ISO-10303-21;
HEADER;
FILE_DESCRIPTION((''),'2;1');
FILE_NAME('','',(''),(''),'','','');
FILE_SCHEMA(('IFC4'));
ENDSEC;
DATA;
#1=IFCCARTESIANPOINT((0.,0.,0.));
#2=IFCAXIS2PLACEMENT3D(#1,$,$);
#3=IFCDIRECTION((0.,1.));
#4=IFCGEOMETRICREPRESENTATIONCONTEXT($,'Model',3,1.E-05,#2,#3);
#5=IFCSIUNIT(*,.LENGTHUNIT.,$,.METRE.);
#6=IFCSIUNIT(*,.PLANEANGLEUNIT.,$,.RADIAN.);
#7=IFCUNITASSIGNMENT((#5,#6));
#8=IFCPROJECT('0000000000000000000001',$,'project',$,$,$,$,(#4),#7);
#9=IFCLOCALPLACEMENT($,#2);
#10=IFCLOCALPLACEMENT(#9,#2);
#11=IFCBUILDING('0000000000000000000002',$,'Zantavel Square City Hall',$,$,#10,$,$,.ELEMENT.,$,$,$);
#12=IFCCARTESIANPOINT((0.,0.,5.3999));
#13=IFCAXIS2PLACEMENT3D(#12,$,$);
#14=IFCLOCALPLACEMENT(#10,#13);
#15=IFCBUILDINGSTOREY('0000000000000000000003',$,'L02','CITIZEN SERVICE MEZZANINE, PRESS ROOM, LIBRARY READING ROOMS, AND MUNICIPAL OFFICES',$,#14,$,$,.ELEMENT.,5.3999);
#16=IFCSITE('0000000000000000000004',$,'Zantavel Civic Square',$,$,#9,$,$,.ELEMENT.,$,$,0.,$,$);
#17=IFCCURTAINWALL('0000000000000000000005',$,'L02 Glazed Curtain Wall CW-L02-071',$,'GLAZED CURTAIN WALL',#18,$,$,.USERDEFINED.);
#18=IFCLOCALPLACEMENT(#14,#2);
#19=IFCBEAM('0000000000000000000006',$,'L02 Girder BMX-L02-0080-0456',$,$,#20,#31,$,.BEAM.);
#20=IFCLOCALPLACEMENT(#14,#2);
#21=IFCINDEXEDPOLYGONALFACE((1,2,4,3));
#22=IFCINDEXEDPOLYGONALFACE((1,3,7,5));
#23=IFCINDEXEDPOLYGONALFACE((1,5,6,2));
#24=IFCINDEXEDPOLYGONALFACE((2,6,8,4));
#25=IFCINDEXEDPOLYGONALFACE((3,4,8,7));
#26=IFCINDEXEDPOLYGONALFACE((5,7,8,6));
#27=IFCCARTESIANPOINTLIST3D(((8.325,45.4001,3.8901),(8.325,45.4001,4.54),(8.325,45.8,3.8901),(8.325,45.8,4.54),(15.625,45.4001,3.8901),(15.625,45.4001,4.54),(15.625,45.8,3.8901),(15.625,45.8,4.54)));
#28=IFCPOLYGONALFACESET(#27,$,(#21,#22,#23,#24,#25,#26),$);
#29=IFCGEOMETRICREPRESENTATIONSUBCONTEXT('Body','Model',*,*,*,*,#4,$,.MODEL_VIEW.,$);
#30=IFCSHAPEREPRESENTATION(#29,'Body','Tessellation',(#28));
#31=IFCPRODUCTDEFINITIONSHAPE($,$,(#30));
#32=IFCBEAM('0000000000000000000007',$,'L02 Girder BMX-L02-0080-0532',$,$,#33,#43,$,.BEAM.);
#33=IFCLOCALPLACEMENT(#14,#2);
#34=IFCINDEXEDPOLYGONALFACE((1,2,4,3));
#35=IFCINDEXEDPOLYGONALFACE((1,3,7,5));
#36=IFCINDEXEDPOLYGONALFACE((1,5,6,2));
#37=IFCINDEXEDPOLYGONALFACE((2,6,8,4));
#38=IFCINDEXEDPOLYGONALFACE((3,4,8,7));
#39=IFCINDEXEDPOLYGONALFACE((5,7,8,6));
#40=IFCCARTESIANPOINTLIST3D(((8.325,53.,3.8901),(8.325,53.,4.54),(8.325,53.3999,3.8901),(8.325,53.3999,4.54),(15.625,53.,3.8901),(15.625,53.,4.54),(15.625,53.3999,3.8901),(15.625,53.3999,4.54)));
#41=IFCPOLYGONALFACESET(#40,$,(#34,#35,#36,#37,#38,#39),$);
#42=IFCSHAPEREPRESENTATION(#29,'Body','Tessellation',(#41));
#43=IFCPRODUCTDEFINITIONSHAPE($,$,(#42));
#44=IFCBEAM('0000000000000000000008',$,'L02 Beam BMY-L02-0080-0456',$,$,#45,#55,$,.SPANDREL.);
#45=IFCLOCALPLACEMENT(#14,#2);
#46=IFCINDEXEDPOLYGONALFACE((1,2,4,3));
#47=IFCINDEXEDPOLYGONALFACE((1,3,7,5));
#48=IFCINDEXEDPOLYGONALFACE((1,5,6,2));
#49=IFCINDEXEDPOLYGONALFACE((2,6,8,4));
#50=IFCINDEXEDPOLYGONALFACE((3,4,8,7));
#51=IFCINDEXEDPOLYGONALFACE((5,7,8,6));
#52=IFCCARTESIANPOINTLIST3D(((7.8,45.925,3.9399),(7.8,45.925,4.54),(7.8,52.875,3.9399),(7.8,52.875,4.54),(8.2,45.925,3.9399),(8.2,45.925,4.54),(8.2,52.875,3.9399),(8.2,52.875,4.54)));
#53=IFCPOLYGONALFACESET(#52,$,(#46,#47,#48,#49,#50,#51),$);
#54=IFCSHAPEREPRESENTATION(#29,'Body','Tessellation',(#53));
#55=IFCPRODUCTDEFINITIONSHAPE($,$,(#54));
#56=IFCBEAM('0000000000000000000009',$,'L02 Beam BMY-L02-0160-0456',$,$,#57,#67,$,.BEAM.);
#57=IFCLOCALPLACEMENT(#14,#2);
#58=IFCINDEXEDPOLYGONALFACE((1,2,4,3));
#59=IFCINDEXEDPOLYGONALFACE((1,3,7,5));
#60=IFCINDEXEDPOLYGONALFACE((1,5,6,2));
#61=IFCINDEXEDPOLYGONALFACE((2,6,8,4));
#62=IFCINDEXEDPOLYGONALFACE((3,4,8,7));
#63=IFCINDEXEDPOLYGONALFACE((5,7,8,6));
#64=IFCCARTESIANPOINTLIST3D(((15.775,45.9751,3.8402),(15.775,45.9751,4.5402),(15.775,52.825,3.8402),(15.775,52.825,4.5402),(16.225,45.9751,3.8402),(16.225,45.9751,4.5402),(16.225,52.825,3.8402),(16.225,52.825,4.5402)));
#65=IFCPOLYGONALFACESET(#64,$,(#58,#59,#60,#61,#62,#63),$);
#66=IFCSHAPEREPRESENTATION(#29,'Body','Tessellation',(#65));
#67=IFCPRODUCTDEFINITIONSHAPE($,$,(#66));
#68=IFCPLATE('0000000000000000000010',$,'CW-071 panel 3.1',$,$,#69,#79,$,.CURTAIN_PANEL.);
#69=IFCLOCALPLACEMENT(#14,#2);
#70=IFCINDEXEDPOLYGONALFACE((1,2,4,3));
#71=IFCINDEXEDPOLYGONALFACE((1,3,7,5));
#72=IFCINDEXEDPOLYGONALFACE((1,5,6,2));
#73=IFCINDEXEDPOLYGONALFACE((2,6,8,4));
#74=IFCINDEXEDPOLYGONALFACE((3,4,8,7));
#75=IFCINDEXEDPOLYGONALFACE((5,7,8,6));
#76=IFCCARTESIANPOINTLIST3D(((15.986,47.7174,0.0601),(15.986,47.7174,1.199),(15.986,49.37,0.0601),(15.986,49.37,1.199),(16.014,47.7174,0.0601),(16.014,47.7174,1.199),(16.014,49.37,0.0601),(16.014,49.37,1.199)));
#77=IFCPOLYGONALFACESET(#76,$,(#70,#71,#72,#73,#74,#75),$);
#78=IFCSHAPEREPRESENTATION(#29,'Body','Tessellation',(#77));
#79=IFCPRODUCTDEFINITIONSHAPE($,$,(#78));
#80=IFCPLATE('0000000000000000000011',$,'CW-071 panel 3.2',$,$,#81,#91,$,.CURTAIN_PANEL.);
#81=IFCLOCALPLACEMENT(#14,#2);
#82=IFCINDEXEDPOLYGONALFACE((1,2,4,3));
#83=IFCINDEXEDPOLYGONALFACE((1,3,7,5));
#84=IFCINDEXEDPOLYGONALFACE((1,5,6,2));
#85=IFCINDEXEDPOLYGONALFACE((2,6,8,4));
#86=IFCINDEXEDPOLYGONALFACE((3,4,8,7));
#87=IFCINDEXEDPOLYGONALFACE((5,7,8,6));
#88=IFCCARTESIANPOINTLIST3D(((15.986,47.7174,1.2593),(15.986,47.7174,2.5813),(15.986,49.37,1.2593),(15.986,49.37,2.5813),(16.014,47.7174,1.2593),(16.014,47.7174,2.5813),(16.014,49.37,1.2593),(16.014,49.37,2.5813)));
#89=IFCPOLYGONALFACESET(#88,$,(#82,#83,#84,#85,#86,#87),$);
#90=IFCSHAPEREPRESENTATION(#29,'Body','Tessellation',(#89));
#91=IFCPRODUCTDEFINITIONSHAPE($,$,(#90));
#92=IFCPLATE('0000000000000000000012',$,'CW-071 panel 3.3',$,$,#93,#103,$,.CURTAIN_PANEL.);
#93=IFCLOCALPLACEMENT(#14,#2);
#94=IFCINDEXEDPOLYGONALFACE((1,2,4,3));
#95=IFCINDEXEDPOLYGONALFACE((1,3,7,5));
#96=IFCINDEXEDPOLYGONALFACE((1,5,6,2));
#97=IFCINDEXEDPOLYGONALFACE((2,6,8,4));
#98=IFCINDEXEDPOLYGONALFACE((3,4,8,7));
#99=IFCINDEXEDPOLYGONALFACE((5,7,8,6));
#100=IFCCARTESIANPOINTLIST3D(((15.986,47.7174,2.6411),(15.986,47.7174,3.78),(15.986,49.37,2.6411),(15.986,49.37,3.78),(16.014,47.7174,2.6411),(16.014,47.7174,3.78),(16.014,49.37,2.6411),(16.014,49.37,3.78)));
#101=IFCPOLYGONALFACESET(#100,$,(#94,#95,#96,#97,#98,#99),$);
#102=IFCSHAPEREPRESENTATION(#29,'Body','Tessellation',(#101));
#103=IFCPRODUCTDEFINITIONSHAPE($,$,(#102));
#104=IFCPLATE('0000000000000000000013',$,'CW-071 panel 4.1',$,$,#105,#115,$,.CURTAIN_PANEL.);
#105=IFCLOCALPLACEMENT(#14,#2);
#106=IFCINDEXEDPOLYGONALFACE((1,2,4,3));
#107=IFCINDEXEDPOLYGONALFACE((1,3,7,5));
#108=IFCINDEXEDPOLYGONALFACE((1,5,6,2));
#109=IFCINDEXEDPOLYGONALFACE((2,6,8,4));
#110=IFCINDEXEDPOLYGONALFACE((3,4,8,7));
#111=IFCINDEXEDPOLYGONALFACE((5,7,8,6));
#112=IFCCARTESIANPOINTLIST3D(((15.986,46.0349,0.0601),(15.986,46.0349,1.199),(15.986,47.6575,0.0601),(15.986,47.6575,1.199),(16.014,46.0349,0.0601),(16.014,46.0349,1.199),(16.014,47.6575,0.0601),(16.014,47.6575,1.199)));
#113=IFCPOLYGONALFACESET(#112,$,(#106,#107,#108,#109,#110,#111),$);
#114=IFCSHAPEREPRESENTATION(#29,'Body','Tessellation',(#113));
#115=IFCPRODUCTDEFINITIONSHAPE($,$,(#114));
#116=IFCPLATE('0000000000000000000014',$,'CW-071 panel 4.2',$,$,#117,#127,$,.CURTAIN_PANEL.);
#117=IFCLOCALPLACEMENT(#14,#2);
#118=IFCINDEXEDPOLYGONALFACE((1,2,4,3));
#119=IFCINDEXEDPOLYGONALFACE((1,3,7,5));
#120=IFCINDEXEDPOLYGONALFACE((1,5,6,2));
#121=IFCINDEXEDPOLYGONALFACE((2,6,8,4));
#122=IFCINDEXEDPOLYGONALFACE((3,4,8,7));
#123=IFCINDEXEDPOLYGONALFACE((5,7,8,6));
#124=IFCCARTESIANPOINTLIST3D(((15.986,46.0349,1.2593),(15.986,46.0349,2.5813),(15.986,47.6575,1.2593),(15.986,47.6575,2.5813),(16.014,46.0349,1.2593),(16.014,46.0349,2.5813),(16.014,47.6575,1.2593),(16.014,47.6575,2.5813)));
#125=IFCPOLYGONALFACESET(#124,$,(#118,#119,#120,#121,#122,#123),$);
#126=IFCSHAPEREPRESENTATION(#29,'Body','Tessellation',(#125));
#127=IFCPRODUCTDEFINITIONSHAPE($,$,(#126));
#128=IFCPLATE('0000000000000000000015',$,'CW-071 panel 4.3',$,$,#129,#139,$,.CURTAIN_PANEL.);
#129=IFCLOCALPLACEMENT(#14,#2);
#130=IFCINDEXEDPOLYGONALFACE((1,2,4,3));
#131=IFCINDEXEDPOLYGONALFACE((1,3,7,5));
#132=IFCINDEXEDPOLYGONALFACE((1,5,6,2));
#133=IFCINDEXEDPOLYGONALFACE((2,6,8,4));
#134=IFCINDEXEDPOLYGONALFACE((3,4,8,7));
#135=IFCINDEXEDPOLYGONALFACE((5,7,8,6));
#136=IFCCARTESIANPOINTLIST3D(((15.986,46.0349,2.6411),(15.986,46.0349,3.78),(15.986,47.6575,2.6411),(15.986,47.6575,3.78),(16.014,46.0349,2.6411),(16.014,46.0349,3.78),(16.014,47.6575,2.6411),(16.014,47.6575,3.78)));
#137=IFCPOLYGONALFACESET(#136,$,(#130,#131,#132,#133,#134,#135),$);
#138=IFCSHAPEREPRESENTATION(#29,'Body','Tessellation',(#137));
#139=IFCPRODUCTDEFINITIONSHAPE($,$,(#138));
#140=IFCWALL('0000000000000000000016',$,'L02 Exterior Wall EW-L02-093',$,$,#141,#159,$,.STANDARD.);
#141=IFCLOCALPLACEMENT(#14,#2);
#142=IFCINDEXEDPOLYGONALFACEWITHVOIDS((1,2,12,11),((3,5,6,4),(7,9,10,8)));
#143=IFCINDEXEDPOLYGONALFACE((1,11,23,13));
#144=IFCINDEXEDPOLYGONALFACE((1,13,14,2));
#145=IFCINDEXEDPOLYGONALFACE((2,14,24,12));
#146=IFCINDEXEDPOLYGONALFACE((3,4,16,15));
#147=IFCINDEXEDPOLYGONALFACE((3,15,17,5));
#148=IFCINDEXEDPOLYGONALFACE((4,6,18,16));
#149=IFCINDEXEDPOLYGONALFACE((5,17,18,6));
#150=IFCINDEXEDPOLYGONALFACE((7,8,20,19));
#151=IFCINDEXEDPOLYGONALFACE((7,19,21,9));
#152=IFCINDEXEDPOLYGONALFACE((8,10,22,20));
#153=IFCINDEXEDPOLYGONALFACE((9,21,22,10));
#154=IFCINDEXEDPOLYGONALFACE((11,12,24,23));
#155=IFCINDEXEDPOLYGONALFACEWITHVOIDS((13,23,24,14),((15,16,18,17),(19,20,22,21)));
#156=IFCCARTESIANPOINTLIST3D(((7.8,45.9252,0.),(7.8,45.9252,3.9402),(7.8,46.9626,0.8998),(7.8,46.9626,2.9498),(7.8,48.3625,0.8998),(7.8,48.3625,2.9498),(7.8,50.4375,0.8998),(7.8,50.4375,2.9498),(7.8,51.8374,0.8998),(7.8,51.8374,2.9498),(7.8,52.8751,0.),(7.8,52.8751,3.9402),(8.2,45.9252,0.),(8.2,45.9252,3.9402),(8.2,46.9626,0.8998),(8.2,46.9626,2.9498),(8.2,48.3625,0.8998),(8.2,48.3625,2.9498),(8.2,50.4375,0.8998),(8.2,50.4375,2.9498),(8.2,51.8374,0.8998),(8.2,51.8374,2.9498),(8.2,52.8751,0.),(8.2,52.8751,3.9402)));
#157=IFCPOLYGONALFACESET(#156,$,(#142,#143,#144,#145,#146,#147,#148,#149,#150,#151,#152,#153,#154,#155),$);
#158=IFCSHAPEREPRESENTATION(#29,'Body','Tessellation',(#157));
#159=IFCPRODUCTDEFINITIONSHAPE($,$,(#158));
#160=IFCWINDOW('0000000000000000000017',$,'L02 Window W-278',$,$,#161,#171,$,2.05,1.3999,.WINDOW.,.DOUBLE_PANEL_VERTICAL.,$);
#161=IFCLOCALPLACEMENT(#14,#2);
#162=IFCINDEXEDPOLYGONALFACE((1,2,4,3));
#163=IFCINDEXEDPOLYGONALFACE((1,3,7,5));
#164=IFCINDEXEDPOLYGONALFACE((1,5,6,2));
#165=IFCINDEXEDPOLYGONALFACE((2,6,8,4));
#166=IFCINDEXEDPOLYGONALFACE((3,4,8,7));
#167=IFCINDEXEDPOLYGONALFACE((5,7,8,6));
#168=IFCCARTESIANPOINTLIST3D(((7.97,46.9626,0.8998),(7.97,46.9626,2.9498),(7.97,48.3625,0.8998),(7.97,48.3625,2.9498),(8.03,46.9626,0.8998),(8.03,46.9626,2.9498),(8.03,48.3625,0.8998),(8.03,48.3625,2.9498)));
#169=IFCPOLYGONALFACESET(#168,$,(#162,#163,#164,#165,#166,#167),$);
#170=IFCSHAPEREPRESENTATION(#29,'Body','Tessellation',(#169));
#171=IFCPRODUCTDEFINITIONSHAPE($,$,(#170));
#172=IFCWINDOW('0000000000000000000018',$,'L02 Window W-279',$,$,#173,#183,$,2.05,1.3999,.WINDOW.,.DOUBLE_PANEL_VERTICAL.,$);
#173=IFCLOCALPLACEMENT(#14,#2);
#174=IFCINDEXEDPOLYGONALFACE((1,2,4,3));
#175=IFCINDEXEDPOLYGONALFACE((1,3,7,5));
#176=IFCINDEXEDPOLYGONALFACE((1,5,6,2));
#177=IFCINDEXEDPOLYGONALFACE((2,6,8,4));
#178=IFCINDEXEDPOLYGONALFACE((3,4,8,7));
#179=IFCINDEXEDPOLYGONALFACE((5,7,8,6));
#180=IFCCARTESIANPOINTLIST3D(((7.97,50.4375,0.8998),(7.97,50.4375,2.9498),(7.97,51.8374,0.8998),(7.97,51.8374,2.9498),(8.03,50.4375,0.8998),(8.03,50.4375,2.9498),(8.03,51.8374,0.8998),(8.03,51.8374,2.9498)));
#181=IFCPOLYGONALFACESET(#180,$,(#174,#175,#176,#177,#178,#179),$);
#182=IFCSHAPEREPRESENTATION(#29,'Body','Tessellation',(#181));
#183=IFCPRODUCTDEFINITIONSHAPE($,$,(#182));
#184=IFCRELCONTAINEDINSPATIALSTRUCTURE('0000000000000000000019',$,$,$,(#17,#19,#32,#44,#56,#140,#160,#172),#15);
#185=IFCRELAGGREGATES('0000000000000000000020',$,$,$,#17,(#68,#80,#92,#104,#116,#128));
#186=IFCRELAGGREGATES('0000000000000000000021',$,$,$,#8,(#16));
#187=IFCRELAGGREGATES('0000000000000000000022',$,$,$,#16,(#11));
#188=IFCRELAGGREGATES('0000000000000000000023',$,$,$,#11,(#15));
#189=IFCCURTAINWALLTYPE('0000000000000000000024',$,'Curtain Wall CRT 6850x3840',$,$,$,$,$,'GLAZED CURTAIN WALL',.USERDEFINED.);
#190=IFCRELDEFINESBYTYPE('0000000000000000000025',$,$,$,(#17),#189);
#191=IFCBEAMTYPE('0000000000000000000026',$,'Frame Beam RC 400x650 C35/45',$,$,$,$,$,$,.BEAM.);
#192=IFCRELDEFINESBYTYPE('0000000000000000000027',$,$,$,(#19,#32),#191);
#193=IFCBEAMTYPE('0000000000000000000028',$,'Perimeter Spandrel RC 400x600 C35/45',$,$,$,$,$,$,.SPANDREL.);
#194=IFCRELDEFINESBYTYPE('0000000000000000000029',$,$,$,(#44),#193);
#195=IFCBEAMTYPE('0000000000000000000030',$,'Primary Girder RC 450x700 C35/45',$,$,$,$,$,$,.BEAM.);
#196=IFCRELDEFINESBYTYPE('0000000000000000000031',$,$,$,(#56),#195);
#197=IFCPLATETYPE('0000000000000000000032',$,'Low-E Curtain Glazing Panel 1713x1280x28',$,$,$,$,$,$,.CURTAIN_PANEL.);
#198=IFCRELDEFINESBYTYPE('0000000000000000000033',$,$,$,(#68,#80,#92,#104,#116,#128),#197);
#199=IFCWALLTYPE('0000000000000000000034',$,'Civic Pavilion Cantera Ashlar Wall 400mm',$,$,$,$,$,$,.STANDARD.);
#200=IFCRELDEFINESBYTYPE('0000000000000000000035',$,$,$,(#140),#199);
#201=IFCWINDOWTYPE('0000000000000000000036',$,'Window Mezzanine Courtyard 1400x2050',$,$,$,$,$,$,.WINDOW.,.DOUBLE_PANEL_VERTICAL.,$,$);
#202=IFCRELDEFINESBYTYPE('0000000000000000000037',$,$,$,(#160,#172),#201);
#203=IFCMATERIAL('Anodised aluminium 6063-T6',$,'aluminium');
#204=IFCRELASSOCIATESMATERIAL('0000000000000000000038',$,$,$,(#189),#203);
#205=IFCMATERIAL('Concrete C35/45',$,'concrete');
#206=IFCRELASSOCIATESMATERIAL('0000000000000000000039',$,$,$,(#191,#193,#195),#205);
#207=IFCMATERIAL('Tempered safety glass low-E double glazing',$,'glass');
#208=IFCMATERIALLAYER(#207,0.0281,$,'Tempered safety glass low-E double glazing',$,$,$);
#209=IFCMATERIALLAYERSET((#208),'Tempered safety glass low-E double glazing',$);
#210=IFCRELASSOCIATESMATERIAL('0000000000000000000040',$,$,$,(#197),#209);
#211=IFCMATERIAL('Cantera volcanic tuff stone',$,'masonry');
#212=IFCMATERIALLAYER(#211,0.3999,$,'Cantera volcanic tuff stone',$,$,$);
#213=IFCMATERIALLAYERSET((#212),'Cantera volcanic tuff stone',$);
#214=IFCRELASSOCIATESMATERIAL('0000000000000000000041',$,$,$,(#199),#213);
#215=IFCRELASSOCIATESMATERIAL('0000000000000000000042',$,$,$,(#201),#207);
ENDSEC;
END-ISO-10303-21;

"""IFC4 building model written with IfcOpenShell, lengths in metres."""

from ifc_helpers import new_model, si_unit, direction, frame, frame_2d, origin, origin_2d, place, context, subcontext, project, spatial, rectangle, extrude, material, layer, layer_set, material_profile, profile_set, type_object, element, fill, aggregate, save


model = new_model("IFC4")

# Units and contexts
model_context = context("Model", 3, precision=1e-05, world=origin(), true_north=direction((0.0, 1.0)))
body_context = subcontext(model_context, "Body", "Model", "MODEL_VIEW")
ifc_project = project(units=[si_unit("LENGTHUNIT", "METRE"), si_unit("PLANEANGLEUNIT", "RADIAN")], contexts=[model_context])

# Site, building, storey
site_placement = place(None, origin())
site = spatial("IfcSite", under=ifc_project, at=site_placement, Name="Zantavel Civic Square", CompositionType="ELEMENT", RefElevation=0.0)
building_placement = place(site_placement, origin())
building = spatial("IfcBuilding", under=site, at=building_placement, Name="Zantavel Square City Hall", CompositionType="ELEMENT")
storey_placement = place(building_placement, frame((0.0, 0.0, 5.3999)))
storey = spatial("IfcBuildingStorey", under=building, at=storey_placement, Name="L02", Description="CITIZEN SERVICE MEZZANINE, PRESS ROOM, LIBRARY READING ROOMS, AND MUNICIPAL OFFICES", CompositionType="ELEMENT", Elevation=5.3999)

# Curtain wall
ifc_material_1 = material(Name="Anodised aluminium 6063-T6", Category="aluminium")
curtain_wall_type = type_object("IfcCurtainWallType", Name="Curtain Wall CRT 6850x3840", ElementType="GLAZED CURTAIN WALL", PredefinedType="USERDEFINED", material=ifc_material_1)
curtain_wall_placement = place(storey_placement, origin())
curtain_wall = element("IfcCurtainWall", 1, at=curtain_wall_placement, inside=storey, type_object=curtain_wall_type, Name="L02 Glazed Curtain Wall CW-L02-071", ObjectType="GLAZED CURTAIN WALL", PredefinedType="USERDEFINED")

# Beams
ifc_material_2 = material(Name="Concrete C35/45", Category="concrete")
ifc_material_profile_1 = material_profile(ifc_material_2, rectangle(XDim=0.3999, YDim=0.6499, at=origin_2d()), Name="RC 400x650")
ifc_profile_set_1 = profile_set([ifc_material_profile_1], Name="Concrete C35/45")
beam_type_1 = type_object("IfcBeamType", Name="Frame Beam RC 400x650 C35/45", PredefinedType="BEAM", material=ifc_profile_set_1)
for number, where, z_axis, x_axis, name in (
    (2, (8.325, 45.6001, 4.2151), (1.0, 0.0, 0.0), (0.0, 1.0, 0.0), "L02 Girder BMX-L02-0080-0456"),
    (3, (8.325, 53.2, 4.2151), (1.0, 0.0, 0.0), (0.0, 1.0, 0.0), "L02 Girder BMX-L02-0080-0532"),
):
    element("IfcBeam", number, at=place(storey_placement, frame(where, z_axis=z_axis, x_axis=x_axis)), inside=storey, type_object=beam_type_1, Name=name, PredefinedType="BEAM", context=body_context, shape_type="SweptSolid", body=[
        extrude(rectangle(XDim=0.3999, YDim=0.6499, at=origin_2d()), origin(), (0.0, 0.0, 1.0), 7.3),
    ])
ifc_material_profile_2 = material_profile(ifc_material_2, rectangle(XDim=0.3999, YDim=0.6001, at=origin_2d()), Name="RC 400x600")
ifc_profile_set_2 = profile_set([ifc_material_profile_2], Name="Concrete C35/45")
beam_type_2 = type_object("IfcBeamType", Name="Perimeter Spandrel RC 400x600 C35/45", PredefinedType="SPANDREL", material=ifc_profile_set_2)
beam_1_placement = place(storey_placement, frame((8.0, 45.925, 4.24), z_axis=(0.0, 1.0, 0.0), x_axis=(-1.0, 0.0, 0.0)))
element("IfcBeam", 4, at=beam_1_placement, inside=storey, type_object=beam_type_2, Name="L02 Beam BMY-L02-0080-0456", PredefinedType="SPANDREL", context=body_context, shape_type="SweptSolid", body=[
    extrude(rectangle(XDim=0.3999, YDim=0.6001, at=origin_2d()), origin(), (0.0, 0.0, 1.0), 6.95),
])
ifc_material_profile_3 = material_profile(ifc_material_2, rectangle(XDim=0.45, YDim=0.7, at=origin_2d()), Name="RC 450x700")
ifc_profile_set_3 = profile_set([ifc_material_profile_3], Name="Concrete C35/45")
beam_type_3 = type_object("IfcBeamType", Name="Primary Girder RC 450x700 C35/45", PredefinedType="BEAM", material=ifc_profile_set_3)
beam_2_placement = place(storey_placement, frame((16.0, 45.9751, 4.1902), z_axis=(0.0, 1.0, 0.0), x_axis=(-1.0, 0.0, 0.0)))
element("IfcBeam", 5, at=beam_2_placement, inside=storey, type_object=beam_type_3, Name="L02 Beam BMY-L02-0160-0456", PredefinedType="BEAM", context=body_context, shape_type="SweptSolid", body=[
    extrude(rectangle(XDim=0.45, YDim=0.7, at=origin_2d()), origin(), (0.0, 0.0, 1.0), 6.8499),
])

# Plates
ifc_material_3 = material(Name="Tempered safety glass low-E double glazing", Category="glass")
ifc_layer_1 = layer(ifc_material_3, 0.0281, Name="Tempered safety glass low-E double glazing")
ifc_layer_set_1 = layer_set([ifc_layer_1], Name="Tempered safety glass low-E double glazing")
plate_type = type_object("IfcPlateType", Name="Low-E Curtain Glazing Panel 1713x1280x28", PredefinedType="CURTAIN_PANEL", material=ifc_layer_set_1)
plate_1_placement = place(storey_placement, frame((16.0, 48.5437, 0.0601), z_axis=(0.0, 0.0, 1.0), x_axis=(0.0, -1.0, 0.0)))
plate_1 = element("IfcPlate", 6, at=plate_1_placement, type_object=plate_type, Name="CW-071 panel 3.1", PredefinedType="CURTAIN_PANEL", context=body_context, shape_type="SweptSolid", body=[
    extrude(rectangle(XDim=1.6526, YDim=0.0281, at=origin_2d()), origin(), (0.0, 0.0, 1.0), 1.1389),
])
plate_2_placement = place(storey_placement, frame((16.0, 48.5437, 1.2593), z_axis=(0.0, 0.0, 1.0), x_axis=(0.0, -1.0, 0.0)))
plate_2 = element("IfcPlate", 7, at=plate_2_placement, type_object=plate_type, Name="CW-071 panel 3.2", PredefinedType="CURTAIN_PANEL", context=body_context, shape_type="SweptSolid", body=[
    extrude(rectangle(XDim=1.6526, YDim=0.0281, at=origin_2d()), origin(), (0.0, 0.0, 1.0), 1.322),
])
plate_3_placement = place(storey_placement, frame((16.0, 48.5437, 2.6411), z_axis=(0.0, 0.0, 1.0), x_axis=(0.0, -1.0, 0.0)))
plate_3 = element("IfcPlate", 8, at=plate_3_placement, type_object=plate_type, Name="CW-071 panel 3.3", PredefinedType="CURTAIN_PANEL", context=body_context, shape_type="SweptSolid", body=[
    extrude(rectangle(XDim=1.6526, YDim=0.0281, at=origin_2d()), origin(), (0.0, 0.0, 1.0), 1.1389),
])
plate_4_placement = place(storey_placement, frame((16.0, 46.8462, 0.0601), z_axis=(0.0, 0.0, 1.0), x_axis=(0.0, -1.0, 0.0)))
plate_4 = element("IfcPlate", 9, at=plate_4_placement, type_object=plate_type, Name="CW-071 panel 4.1", PredefinedType="CURTAIN_PANEL", context=body_context, shape_type="SweptSolid", body=[
    extrude(rectangle(XDim=1.6226, YDim=0.0281, at=origin_2d()), origin(), (0.0, 0.0, 1.0), 1.1389),
])
plate_5_placement = place(storey_placement, frame((16.0, 46.8462, 1.2593), z_axis=(0.0, 0.0, 1.0), x_axis=(0.0, -1.0, 0.0)))
plate_5 = element("IfcPlate", 10, at=plate_5_placement, type_object=plate_type, Name="CW-071 panel 4.2", PredefinedType="CURTAIN_PANEL", context=body_context, shape_type="SweptSolid", body=[
    extrude(rectangle(XDim=1.6226, YDim=0.0281, at=origin_2d()), origin(), (0.0, 0.0, 1.0), 1.322),
])
plate_6_placement = place(storey_placement, frame((16.0, 46.8462, 2.6411), z_axis=(0.0, 0.0, 1.0), x_axis=(0.0, -1.0, 0.0)))
plate_6 = element("IfcPlate", 11, at=plate_6_placement, type_object=plate_type, Name="CW-071 panel 4.3", PredefinedType="CURTAIN_PANEL", context=body_context, shape_type="SweptSolid", body=[
    extrude(rectangle(XDim=1.6226, YDim=0.0281, at=origin_2d()), origin(), (0.0, 0.0, 1.0), 1.1389),
])
aggregate(curtain_wall, [plate_1, plate_2, plate_3, plate_4, plate_5, plate_6])

# Wall, openings, windows
ifc_material_4 = material(Name="Cantera volcanic tuff stone", Category="masonry")
ifc_layer_2 = layer(ifc_material_4, 0.3999, Name="Cantera volcanic tuff stone")
ifc_layer_set_2 = layer_set([ifc_layer_2], Name="Cantera volcanic tuff stone")
wall_type = type_object("IfcWallType", Name="Civic Pavilion Cantera Ashlar Wall 400mm", PredefinedType="STANDARD", material=ifc_layer_set_2)
wall_placement = place(storey_placement, frame((8.0, 45.925, 0.0), z_axis=(0.0, 0.0, 1.0), x_axis=(0.0, 1.0, 0.0)))
wall = element("IfcWall", 12, at=wall_placement, inside=storey, type_object=wall_type, Name="L02 Exterior Wall EW-L02-093", PredefinedType="STANDARD", context=body_context, shape_type="SweptSolid", body=[
    extrude(rectangle(XDim=6.95, YDim=0.3999, at=frame_2d((3.4751, 0.0))), origin(), (0.0, 0.0, 1.0), 3.9402),
])
opening_1_placement = place(wall_placement, frame((1.0376, 0.0, 0.8999)))
opening_1 = element("IfcOpeningElement", 13, at=opening_1_placement, cuts=wall, PredefinedType="OPENING", context=body_context, shape_type="SweptSolid", body=[
    extrude(rectangle(XDim=1.3999, YDim=2.05, at=frame_2d((0.7, 1.0249))), frame((0.0, 0.21, 0.0), z_axis=(0.0, -1.0, 0.0), x_axis=(1.0, 0.0, 0.0)), (0.0, 0.0, 1.0), 0.4199),
])
opening_2_placement = place(wall_placement, frame((4.5125, 0.0, 0.8999)))
opening_2 = element("IfcOpeningElement", 14, at=opening_2_placement, cuts=wall, PredefinedType="OPENING", context=body_context, shape_type="SweptSolid", body=[
    extrude(rectangle(XDim=1.3999, YDim=2.05, at=frame_2d((0.7, 1.0249))), frame((0.0, 0.21, 0.0), z_axis=(0.0, -1.0, 0.0), x_axis=(1.0, 0.0, 0.0)), (0.0, 0.0, 1.0), 0.4199),
])
window_type = type_object("IfcWindowType", Name="Window Mezzanine Courtyard 1400x2050", PartitioningType="DOUBLE_PANEL_VERTICAL", PredefinedType="WINDOW", material=ifc_material_3)
window_1_placement = place(opening_1_placement, origin())
window_1 = element("IfcWindow", 15, at=window_1_placement, inside=storey, type_object=window_type, Name="L02 Window W-278", OverallHeight=2.05, OverallWidth=1.3999, PartitioningType="DOUBLE_PANEL_VERTICAL", PredefinedType="WINDOW", context=body_context, shape_type="SweptSolid", body=[
    extrude(rectangle(XDim=1.3999, YDim=2.05, at=frame_2d((0.7, 1.0249))), frame((0.0, 0.03, 0.0), z_axis=(0.0, -1.0, 0.0), x_axis=(1.0, 0.0, 0.0)), (0.0, 0.0, 1.0), 0.0601),
])
fill(opening_1, window_1)
window_2_placement = place(opening_2_placement, origin())
window_2 = element("IfcWindow", 16, at=window_2_placement, inside=storey, type_object=window_type, Name="L02 Window W-279", OverallHeight=2.05, OverallWidth=1.3999, PartitioningType="DOUBLE_PANEL_VERTICAL", PredefinedType="WINDOW", context=body_context, shape_type="SweptSolid", body=[
    extrude(rectangle(XDim=1.3999, YDim=2.05, at=frame_2d((0.7, 1.0249))), frame((0.0, 0.03, 0.0), z_axis=(0.0, -1.0, 0.0), x_axis=(1.0, 0.0, 0.0)), (0.0, 0.0, 1.0), 0.0601),
])
fill(opening_2, window_2)

save(model, "model.ifc")
